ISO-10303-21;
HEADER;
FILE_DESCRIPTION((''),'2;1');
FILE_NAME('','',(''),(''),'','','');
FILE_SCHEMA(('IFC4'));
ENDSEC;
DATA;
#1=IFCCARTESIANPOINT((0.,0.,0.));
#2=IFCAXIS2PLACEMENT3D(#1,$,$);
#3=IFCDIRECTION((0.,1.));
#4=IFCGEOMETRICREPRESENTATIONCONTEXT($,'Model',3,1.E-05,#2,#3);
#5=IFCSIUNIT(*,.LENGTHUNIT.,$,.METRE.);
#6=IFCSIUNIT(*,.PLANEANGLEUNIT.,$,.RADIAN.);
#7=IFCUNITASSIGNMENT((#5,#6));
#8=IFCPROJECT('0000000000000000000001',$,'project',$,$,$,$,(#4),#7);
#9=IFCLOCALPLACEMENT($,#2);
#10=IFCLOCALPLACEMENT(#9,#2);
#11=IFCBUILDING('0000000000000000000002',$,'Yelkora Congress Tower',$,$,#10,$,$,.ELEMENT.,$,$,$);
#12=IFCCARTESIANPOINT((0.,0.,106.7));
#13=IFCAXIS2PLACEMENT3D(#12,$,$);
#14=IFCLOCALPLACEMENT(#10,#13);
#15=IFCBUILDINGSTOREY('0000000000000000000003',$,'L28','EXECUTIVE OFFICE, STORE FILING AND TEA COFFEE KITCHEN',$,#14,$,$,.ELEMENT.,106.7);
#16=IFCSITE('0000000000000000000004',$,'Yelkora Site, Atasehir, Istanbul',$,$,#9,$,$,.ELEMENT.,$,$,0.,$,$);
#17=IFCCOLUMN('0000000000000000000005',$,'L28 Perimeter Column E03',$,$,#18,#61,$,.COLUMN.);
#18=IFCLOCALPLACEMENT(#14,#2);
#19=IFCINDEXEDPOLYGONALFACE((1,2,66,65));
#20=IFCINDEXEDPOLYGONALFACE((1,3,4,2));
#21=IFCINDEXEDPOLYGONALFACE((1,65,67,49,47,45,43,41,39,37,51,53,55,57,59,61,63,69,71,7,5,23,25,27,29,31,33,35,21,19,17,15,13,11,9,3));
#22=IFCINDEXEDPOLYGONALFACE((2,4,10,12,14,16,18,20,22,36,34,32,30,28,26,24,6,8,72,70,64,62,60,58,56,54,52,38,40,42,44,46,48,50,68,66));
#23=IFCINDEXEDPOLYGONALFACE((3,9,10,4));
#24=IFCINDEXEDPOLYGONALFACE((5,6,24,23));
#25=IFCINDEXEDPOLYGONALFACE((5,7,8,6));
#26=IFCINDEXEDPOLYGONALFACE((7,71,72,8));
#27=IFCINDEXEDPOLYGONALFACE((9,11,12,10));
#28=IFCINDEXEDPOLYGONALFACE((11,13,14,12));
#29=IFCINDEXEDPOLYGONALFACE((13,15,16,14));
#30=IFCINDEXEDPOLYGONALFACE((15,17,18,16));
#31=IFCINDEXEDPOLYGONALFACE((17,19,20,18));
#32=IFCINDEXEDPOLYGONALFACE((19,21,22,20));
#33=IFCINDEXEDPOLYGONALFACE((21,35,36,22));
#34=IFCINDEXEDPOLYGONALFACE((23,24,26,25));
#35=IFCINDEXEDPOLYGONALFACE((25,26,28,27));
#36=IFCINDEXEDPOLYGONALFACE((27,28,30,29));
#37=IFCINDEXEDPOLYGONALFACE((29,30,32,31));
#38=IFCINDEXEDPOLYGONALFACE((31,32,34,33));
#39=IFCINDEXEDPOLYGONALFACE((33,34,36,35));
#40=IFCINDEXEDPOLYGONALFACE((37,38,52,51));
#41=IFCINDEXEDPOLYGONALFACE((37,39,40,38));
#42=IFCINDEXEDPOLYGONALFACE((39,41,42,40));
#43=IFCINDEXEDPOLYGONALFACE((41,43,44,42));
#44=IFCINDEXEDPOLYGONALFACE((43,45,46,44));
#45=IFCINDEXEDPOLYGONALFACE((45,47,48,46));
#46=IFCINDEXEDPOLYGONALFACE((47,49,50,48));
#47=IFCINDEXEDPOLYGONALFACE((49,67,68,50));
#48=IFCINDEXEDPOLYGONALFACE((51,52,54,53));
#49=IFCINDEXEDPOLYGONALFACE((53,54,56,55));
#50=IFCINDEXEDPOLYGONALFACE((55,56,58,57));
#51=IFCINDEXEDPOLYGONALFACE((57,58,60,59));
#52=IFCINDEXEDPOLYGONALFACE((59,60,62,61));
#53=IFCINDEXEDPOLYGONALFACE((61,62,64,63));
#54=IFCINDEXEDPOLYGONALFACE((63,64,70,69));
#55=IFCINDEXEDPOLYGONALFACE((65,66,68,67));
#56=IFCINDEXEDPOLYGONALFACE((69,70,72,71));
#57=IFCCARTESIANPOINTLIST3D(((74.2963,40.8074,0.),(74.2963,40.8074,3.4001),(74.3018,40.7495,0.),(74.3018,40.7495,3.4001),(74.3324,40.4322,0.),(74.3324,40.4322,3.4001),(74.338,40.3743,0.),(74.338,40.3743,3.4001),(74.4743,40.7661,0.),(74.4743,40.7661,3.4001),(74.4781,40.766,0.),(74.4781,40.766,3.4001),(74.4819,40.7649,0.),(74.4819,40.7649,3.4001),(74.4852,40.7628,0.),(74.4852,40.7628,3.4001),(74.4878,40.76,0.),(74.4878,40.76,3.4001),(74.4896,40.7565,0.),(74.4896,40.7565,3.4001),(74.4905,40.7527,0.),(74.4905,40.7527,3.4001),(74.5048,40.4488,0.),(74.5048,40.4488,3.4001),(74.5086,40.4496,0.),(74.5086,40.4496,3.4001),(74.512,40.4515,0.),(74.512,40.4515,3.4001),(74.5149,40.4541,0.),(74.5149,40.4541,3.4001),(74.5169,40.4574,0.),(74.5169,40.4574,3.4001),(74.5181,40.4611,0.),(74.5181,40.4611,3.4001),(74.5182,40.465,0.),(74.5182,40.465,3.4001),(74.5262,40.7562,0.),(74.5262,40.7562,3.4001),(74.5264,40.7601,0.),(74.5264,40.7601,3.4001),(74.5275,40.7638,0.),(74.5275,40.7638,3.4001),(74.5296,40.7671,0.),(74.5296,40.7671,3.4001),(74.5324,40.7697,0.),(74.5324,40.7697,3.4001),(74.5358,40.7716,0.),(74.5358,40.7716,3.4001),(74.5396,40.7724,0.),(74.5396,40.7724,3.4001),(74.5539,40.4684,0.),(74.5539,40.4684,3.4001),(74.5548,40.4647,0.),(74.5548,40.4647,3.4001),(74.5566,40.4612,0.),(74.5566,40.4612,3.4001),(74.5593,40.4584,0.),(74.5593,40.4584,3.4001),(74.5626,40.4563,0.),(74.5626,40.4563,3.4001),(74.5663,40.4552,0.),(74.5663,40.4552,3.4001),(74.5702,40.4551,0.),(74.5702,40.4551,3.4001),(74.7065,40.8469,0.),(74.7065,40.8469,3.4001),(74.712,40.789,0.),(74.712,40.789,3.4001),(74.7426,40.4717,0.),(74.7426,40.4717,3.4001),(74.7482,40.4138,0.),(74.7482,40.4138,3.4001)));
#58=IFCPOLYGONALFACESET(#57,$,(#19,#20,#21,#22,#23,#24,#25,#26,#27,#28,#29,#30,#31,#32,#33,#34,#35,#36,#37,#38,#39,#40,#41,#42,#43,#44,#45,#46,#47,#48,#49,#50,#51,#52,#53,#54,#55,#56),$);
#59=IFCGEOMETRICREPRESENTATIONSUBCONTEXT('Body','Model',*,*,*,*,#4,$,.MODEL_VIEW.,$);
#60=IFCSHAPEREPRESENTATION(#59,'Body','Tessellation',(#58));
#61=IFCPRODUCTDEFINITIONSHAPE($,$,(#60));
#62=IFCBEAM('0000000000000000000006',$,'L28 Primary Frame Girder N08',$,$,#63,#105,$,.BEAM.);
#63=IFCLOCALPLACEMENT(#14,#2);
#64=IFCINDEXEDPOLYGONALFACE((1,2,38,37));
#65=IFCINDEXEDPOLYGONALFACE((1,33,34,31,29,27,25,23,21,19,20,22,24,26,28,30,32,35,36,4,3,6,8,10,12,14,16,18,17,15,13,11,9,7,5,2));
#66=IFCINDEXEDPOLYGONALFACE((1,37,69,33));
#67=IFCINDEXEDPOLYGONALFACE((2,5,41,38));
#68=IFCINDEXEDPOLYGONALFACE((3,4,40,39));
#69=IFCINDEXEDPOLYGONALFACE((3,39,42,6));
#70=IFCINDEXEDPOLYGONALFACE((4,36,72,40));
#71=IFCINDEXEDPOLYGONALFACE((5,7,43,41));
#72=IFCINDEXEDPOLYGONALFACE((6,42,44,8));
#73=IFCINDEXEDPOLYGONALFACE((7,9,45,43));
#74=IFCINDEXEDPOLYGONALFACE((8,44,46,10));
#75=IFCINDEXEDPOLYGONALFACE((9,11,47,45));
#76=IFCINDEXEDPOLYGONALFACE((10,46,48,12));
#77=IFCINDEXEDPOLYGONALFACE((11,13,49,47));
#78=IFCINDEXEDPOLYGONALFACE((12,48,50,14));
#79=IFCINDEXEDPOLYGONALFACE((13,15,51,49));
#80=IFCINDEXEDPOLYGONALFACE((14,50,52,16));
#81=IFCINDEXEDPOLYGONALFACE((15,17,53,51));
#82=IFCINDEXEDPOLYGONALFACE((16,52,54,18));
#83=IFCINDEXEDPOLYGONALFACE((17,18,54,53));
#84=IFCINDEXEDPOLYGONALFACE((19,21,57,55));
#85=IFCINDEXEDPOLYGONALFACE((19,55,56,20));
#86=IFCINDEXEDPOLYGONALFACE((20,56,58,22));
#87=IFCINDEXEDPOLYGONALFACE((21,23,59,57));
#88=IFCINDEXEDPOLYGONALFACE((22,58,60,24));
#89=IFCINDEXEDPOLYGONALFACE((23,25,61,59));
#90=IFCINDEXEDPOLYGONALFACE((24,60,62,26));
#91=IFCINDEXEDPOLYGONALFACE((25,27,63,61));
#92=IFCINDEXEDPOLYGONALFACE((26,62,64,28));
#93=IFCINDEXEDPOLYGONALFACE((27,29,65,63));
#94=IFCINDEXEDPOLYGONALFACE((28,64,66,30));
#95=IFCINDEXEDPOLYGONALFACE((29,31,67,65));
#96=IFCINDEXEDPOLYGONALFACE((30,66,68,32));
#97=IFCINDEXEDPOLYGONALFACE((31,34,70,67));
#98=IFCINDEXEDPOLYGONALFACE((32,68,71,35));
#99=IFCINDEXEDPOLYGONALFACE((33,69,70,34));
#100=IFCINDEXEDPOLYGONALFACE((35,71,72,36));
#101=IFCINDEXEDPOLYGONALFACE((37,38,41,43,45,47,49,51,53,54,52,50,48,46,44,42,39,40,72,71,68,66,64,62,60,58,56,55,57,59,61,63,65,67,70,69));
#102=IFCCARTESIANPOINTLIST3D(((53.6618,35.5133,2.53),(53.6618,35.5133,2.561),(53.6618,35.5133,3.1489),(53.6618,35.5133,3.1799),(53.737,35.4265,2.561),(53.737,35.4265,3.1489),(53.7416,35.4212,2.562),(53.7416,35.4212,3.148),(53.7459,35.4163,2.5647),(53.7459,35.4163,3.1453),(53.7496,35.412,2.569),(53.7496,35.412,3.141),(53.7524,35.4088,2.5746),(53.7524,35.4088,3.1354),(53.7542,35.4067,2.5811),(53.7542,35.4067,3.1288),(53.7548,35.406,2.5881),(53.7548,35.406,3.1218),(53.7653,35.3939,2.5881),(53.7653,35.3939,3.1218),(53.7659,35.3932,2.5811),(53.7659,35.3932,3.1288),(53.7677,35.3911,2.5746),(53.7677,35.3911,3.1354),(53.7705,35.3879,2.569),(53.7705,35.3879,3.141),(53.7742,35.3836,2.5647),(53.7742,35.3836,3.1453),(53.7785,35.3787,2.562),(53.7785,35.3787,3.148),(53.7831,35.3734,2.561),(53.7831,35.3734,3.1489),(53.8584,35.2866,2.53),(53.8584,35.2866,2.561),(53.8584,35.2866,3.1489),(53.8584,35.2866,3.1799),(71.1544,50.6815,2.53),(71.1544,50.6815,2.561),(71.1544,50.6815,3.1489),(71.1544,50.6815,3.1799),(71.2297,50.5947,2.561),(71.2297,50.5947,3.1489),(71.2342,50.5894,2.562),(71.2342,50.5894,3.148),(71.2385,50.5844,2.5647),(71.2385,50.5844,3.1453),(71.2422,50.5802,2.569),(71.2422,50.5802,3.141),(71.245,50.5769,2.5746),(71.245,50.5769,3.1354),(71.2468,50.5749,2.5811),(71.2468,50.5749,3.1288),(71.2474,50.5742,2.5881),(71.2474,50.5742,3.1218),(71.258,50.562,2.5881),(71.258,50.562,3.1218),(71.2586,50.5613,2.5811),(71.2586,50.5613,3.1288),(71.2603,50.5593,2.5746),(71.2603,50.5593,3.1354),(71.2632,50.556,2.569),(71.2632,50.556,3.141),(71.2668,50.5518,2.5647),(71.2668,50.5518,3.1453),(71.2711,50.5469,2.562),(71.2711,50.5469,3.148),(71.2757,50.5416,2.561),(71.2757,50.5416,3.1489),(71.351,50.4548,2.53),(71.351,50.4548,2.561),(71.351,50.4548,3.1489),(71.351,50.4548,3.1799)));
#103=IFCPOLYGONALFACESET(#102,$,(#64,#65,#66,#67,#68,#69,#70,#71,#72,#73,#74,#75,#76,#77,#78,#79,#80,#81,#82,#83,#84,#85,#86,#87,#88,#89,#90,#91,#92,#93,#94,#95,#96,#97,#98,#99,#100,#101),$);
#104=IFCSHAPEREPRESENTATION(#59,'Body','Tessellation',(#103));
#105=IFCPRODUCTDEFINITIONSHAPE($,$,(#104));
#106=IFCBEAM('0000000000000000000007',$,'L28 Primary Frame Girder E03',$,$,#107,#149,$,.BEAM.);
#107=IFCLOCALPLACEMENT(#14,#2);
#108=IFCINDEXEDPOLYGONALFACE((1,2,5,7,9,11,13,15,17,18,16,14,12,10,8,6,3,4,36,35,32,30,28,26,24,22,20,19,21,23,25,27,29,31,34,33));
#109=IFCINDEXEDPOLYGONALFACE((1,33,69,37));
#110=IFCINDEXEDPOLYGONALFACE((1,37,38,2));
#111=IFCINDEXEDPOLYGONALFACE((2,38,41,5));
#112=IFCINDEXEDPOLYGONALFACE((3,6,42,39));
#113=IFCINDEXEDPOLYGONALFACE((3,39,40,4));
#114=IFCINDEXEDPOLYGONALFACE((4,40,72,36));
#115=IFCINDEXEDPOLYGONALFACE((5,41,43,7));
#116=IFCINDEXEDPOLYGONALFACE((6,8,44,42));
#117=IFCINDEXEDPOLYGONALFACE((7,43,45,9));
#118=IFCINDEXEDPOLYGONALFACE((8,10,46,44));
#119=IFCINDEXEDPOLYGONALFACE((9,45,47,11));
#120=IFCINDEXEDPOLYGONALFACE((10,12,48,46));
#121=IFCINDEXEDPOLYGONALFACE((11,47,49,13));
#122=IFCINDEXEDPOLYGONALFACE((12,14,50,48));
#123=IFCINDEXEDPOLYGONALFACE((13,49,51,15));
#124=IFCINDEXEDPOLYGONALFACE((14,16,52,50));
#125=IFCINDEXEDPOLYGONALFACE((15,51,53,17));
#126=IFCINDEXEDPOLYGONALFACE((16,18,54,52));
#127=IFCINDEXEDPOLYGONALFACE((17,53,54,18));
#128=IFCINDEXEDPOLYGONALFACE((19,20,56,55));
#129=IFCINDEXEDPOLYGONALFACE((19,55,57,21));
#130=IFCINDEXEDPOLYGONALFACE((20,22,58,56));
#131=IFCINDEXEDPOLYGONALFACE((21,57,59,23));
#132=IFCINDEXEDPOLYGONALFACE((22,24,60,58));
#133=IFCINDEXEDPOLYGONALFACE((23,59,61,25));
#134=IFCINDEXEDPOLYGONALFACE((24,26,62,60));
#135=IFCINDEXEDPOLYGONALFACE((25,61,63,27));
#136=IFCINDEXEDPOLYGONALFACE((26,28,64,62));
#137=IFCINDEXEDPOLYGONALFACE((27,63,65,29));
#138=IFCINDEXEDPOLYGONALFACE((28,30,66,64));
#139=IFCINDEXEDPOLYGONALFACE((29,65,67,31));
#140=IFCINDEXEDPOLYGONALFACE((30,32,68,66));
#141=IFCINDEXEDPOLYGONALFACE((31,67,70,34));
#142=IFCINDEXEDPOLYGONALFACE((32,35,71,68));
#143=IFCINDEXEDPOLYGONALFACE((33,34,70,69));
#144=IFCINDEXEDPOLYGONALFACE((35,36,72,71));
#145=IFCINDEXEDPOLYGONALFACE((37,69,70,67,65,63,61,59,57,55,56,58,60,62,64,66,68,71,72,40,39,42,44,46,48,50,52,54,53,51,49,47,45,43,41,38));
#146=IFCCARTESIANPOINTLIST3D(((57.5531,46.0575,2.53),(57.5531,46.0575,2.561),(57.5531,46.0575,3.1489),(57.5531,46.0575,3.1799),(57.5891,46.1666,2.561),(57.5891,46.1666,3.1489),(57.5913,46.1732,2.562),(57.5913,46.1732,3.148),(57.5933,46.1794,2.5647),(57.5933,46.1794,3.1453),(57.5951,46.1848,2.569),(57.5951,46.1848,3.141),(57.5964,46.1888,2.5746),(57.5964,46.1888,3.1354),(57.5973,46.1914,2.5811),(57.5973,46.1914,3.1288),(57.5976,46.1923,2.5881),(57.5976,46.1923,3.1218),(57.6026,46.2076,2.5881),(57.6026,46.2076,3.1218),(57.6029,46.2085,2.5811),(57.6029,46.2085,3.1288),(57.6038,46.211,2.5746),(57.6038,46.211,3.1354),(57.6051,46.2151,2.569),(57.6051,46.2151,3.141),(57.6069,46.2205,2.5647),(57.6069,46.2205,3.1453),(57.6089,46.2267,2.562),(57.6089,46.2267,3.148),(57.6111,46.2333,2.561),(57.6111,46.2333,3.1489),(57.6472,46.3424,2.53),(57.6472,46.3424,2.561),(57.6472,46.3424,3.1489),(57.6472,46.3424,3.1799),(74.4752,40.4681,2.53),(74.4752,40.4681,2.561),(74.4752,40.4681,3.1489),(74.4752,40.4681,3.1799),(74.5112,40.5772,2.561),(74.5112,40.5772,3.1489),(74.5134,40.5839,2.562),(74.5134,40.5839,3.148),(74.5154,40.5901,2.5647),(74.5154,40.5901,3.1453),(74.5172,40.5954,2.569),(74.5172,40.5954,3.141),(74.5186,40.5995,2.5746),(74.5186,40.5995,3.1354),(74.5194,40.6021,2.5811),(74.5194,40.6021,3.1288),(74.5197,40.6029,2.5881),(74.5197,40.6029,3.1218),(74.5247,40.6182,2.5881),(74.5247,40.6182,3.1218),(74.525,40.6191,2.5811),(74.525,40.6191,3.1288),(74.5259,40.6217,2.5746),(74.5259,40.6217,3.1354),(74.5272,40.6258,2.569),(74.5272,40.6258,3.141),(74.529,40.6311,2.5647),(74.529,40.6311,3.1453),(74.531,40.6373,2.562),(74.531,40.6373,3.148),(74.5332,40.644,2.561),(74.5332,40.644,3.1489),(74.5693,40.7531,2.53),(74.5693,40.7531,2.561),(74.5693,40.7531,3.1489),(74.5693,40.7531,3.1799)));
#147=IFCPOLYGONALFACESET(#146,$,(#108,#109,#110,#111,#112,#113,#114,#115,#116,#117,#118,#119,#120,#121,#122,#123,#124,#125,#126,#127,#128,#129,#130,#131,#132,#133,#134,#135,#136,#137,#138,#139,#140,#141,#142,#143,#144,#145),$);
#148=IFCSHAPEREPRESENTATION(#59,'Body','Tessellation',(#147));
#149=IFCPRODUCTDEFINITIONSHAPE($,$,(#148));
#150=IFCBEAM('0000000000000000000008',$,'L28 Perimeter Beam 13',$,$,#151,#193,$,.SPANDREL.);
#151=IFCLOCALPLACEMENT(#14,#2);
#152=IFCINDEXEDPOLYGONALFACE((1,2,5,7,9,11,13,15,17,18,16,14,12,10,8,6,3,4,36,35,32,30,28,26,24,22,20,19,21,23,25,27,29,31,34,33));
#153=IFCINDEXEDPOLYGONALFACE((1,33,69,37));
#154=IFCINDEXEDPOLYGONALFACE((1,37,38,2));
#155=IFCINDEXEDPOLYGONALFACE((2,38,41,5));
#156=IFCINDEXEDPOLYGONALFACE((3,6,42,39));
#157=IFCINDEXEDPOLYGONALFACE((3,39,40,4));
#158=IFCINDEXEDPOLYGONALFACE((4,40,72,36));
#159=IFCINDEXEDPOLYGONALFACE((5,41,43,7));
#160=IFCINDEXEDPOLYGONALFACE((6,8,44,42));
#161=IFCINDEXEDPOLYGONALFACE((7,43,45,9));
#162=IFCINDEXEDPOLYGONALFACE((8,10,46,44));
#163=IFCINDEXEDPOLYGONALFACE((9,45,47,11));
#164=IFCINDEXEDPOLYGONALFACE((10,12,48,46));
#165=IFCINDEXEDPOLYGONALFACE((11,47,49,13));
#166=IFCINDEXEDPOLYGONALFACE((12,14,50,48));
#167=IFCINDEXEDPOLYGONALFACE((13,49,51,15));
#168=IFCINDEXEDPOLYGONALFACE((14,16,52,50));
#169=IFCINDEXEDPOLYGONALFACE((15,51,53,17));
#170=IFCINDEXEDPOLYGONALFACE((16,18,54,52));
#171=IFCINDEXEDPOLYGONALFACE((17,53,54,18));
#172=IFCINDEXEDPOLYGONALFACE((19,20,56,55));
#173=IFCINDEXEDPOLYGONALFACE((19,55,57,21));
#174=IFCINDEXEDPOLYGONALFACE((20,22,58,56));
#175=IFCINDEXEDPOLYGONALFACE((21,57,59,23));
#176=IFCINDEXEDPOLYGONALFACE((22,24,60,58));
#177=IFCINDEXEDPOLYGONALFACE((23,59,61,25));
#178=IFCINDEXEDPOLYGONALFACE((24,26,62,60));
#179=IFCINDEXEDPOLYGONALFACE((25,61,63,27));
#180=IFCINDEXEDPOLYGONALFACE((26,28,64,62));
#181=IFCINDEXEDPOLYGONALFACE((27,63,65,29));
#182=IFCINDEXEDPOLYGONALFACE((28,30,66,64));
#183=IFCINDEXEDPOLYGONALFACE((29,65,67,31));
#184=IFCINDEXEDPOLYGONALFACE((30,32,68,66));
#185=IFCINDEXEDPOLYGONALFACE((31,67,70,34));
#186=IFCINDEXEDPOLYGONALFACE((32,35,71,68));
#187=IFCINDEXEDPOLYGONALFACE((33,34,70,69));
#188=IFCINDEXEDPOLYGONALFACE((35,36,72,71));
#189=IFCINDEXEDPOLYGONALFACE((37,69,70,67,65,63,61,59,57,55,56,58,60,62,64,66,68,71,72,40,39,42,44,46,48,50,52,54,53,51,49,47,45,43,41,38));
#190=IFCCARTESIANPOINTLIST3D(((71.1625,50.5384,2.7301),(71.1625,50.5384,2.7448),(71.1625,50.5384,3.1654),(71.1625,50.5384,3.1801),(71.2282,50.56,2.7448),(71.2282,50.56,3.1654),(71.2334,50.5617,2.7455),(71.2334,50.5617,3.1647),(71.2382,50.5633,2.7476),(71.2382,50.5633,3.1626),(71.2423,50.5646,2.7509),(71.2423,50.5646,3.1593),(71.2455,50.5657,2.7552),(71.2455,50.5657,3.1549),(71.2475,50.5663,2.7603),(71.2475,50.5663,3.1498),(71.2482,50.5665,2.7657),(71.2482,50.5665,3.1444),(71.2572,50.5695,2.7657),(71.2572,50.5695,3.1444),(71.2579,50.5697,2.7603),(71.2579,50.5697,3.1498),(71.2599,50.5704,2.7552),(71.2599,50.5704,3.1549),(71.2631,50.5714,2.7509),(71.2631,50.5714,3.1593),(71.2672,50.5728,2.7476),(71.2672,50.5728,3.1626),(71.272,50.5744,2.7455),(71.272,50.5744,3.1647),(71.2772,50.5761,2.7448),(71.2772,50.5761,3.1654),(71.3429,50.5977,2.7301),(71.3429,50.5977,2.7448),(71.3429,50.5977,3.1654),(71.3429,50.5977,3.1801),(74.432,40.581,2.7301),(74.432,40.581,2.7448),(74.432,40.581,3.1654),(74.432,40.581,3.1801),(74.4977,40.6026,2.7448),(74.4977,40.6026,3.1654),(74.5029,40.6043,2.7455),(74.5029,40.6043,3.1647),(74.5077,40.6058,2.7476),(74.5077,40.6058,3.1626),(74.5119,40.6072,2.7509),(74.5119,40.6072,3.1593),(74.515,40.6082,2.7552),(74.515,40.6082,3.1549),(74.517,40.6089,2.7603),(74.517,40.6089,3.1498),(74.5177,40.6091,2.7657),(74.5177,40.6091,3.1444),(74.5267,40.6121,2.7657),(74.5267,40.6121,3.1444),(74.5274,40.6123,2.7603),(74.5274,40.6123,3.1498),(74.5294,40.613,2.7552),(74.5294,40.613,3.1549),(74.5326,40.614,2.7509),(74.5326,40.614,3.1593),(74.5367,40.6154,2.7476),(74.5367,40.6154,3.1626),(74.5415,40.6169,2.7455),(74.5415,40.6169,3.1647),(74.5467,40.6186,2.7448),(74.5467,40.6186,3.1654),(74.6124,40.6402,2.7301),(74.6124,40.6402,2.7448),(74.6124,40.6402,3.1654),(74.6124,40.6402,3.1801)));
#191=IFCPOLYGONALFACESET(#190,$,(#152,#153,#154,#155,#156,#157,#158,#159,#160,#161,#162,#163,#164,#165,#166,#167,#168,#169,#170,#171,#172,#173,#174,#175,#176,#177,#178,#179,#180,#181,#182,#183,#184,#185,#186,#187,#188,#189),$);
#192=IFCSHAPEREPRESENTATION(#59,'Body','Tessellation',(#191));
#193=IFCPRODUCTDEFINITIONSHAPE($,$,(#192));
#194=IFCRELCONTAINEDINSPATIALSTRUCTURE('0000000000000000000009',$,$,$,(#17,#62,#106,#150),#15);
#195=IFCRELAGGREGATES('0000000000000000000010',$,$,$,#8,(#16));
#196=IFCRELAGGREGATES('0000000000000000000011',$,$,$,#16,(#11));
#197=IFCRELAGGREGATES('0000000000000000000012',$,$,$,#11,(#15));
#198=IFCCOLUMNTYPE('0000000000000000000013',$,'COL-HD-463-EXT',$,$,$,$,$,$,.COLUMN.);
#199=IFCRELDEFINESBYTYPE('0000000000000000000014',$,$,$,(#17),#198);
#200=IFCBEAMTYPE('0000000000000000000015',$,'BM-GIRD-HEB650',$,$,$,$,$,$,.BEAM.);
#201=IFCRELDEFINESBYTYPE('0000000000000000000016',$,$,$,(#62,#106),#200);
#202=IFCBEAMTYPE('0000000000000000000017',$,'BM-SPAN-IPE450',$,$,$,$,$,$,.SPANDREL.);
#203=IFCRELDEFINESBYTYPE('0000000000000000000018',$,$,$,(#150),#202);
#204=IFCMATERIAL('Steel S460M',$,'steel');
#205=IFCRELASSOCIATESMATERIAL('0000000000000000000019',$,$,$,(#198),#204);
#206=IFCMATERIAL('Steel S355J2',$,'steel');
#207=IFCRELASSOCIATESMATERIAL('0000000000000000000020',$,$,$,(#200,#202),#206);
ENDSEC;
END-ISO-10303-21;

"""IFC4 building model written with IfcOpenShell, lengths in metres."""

from ifc_helpers import new_model, si_unit, direction, frame, origin, origin_2d, place, context, subcontext, project, spatial, i_section, extrude, material, material_profile, profile_set, type_object, element, save


model = new_model("IFC4")

# Units and contexts
model_context = context("Model", 3, precision=1e-05, world=origin(), true_north=direction((0.0, 1.0)))
body_context = subcontext(model_context, "Body", "Model", "MODEL_VIEW")
ifc_project = project(units=[si_unit("LENGTHUNIT", "METRE"), si_unit("PLANEANGLEUNIT", "RADIAN")], contexts=[model_context])

# Site, building, storey
site_placement = place(None, origin())
site = spatial("IfcSite", under=ifc_project, at=site_placement, Name="Yelkora Site, Atasehir, Istanbul", CompositionType="ELEMENT", RefElevation=0.0)
building_placement = place(site_placement, origin())
building = spatial("IfcBuilding", under=site, at=building_placement, Name="Yelkora Congress Tower", CompositionType="ELEMENT")
storey_placement = place(building_placement, frame((0.0, 0.0, 106.7)))
storey = spatial("IfcBuildingStorey", under=building, at=storey_placement, Name="L28", Description="EXECUTIVE OFFICE, STORE FILING AND TEA COFFEE KITCHEN", CompositionType="ELEMENT", Elevation=106.7)

# Column
ifc_material_1 = material(Name="Steel S460M", Category="steel")
ifc_material_profile_1 = material_profile(ifc_material_1, i_section(OverallWidth=0.4121, OverallDepth=0.4351, WebThickness=0.0359, FlangeThickness=0.0581, FilletRadius=0.0149, at=origin_2d()), Name="HD 400x463")
ifc_profile_set_1 = profile_set([ifc_material_profile_1], Name="Steel S460M")
column_type = type_object("IfcColumnType", Name="COL-HD-463-EXT", PredefinedType="COLUMN", material=ifc_profile_set_1)
column_placement = place(storey_placement, frame((74.5222, 40.6106, 0.0), z_axis=(0.0, 0.0, 1.0), x_axis=(0.995396, 0.095846, 0.0)))
element("IfcColumn", 1, at=column_placement, inside=storey, type_object=column_type, Name="L28 Perimeter Column E03", PredefinedType="COLUMN", context=body_context, shape_type="SweptSolid", body=[
    extrude(i_section(OverallWidth=0.4121, OverallDepth=0.4351, WebThickness=0.0359, FlangeThickness=0.0581, FilletRadius=0.0149, at=origin_2d()), origin(), (0.0, 0.0, 1.0), 3.4001),
])

# Beams
ifc_material_2 = material(Name="Steel S355J2", Category="steel")
ifc_material_profile_2 = material_profile(ifc_material_2, i_section(OverallWidth=0.3, OverallDepth=0.6499, WebThickness=0.0161, FlangeThickness=0.031, FilletRadius=0.0271, at=origin_2d()), Name="HEB 650")
ifc_profile_set_2 = profile_set([ifc_material_profile_2], Name="Steel S355J2")
beam_type_1 = type_object("IfcBeamType", Name="BM-GIRD-HEB650", PredefinedType="BEAM", material=ifc_profile_set_2)
beam_1_placement = place(storey_placement, frame((71.2527, 50.5681, 2.855), z_axis=(-0.75552, -0.655125, 0.0), x_axis=(0.655125, -0.75552, 0.0)))
element("IfcBeam", 2, at=beam_1_placement, inside=storey, type_object=beam_type_1, Name="L28 Primary Frame Girder N08", PredefinedType="BEAM", context=body_context, shape_type="SweptSolid", body=[
    extrude(i_section(OverallWidth=0.3, OverallDepth=0.6499, WebThickness=0.0161, FlangeThickness=0.031, FilletRadius=0.0271, at=origin_2d()), origin(), (0.0, 0.0, 1.0), 23.1531),
])
beam_2_placement = place(storey_placement, frame((74.5222, 40.6106, 2.855), z_axis=(-0.949544, 0.313633, 0.0), x_axis=(-0.313633, -0.949544, 0.0)))
element("IfcBeam", 3, at=beam_2_placement, inside=storey, type_object=beam_type_1, Name="L28 Primary Frame Girder E03", PredefinedType="BEAM", context=body_context, shape_type="SweptSolid", body=[
    extrude(i_section(OverallWidth=0.3, OverallDepth=0.6499, WebThickness=0.0161, FlangeThickness=0.031, FilletRadius=0.0271, at=origin_2d()), origin(), (0.0, 0.0, 1.0), 17.8213),
])
ifc_material_profile_3 = material_profile(ifc_material_2, i_section(OverallWidth=0.1899, OverallDepth=0.45, WebThickness=0.0095, FlangeThickness=0.0146, FilletRadius=0.021, at=origin_2d()), Name="IPE 450")
ifc_profile_set_3 = profile_set([ifc_material_profile_3], Name="Steel S355J2")
beam_type_2 = type_object("IfcBeamType", Name="BM-SPAN-IPE450", PredefinedType="SPANDREL", material=ifc_profile_set_3)
beam_3_placement = place(storey_placement, frame((74.5222, 40.6106, 2.9551), z_axis=(-0.311962, 0.950095, 0.0), x_axis=(-0.950095, -0.311962, 0.0)))
element("IfcBeam", 4, at=beam_3_placement, inside=storey, type_object=beam_type_2, Name="L28 Perimeter Beam 13", PredefinedType="SPANDREL", context=body_context, shape_type="SweptSolid", body=[
    extrude(i_section(OverallWidth=0.1899, OverallDepth=0.45, WebThickness=0.0095, FlangeThickness=0.0146, FilletRadius=0.021, at=origin_2d()), origin(), (0.0, 0.0, 1.0), 10.4805),
])

save(model, "model.ifc")
